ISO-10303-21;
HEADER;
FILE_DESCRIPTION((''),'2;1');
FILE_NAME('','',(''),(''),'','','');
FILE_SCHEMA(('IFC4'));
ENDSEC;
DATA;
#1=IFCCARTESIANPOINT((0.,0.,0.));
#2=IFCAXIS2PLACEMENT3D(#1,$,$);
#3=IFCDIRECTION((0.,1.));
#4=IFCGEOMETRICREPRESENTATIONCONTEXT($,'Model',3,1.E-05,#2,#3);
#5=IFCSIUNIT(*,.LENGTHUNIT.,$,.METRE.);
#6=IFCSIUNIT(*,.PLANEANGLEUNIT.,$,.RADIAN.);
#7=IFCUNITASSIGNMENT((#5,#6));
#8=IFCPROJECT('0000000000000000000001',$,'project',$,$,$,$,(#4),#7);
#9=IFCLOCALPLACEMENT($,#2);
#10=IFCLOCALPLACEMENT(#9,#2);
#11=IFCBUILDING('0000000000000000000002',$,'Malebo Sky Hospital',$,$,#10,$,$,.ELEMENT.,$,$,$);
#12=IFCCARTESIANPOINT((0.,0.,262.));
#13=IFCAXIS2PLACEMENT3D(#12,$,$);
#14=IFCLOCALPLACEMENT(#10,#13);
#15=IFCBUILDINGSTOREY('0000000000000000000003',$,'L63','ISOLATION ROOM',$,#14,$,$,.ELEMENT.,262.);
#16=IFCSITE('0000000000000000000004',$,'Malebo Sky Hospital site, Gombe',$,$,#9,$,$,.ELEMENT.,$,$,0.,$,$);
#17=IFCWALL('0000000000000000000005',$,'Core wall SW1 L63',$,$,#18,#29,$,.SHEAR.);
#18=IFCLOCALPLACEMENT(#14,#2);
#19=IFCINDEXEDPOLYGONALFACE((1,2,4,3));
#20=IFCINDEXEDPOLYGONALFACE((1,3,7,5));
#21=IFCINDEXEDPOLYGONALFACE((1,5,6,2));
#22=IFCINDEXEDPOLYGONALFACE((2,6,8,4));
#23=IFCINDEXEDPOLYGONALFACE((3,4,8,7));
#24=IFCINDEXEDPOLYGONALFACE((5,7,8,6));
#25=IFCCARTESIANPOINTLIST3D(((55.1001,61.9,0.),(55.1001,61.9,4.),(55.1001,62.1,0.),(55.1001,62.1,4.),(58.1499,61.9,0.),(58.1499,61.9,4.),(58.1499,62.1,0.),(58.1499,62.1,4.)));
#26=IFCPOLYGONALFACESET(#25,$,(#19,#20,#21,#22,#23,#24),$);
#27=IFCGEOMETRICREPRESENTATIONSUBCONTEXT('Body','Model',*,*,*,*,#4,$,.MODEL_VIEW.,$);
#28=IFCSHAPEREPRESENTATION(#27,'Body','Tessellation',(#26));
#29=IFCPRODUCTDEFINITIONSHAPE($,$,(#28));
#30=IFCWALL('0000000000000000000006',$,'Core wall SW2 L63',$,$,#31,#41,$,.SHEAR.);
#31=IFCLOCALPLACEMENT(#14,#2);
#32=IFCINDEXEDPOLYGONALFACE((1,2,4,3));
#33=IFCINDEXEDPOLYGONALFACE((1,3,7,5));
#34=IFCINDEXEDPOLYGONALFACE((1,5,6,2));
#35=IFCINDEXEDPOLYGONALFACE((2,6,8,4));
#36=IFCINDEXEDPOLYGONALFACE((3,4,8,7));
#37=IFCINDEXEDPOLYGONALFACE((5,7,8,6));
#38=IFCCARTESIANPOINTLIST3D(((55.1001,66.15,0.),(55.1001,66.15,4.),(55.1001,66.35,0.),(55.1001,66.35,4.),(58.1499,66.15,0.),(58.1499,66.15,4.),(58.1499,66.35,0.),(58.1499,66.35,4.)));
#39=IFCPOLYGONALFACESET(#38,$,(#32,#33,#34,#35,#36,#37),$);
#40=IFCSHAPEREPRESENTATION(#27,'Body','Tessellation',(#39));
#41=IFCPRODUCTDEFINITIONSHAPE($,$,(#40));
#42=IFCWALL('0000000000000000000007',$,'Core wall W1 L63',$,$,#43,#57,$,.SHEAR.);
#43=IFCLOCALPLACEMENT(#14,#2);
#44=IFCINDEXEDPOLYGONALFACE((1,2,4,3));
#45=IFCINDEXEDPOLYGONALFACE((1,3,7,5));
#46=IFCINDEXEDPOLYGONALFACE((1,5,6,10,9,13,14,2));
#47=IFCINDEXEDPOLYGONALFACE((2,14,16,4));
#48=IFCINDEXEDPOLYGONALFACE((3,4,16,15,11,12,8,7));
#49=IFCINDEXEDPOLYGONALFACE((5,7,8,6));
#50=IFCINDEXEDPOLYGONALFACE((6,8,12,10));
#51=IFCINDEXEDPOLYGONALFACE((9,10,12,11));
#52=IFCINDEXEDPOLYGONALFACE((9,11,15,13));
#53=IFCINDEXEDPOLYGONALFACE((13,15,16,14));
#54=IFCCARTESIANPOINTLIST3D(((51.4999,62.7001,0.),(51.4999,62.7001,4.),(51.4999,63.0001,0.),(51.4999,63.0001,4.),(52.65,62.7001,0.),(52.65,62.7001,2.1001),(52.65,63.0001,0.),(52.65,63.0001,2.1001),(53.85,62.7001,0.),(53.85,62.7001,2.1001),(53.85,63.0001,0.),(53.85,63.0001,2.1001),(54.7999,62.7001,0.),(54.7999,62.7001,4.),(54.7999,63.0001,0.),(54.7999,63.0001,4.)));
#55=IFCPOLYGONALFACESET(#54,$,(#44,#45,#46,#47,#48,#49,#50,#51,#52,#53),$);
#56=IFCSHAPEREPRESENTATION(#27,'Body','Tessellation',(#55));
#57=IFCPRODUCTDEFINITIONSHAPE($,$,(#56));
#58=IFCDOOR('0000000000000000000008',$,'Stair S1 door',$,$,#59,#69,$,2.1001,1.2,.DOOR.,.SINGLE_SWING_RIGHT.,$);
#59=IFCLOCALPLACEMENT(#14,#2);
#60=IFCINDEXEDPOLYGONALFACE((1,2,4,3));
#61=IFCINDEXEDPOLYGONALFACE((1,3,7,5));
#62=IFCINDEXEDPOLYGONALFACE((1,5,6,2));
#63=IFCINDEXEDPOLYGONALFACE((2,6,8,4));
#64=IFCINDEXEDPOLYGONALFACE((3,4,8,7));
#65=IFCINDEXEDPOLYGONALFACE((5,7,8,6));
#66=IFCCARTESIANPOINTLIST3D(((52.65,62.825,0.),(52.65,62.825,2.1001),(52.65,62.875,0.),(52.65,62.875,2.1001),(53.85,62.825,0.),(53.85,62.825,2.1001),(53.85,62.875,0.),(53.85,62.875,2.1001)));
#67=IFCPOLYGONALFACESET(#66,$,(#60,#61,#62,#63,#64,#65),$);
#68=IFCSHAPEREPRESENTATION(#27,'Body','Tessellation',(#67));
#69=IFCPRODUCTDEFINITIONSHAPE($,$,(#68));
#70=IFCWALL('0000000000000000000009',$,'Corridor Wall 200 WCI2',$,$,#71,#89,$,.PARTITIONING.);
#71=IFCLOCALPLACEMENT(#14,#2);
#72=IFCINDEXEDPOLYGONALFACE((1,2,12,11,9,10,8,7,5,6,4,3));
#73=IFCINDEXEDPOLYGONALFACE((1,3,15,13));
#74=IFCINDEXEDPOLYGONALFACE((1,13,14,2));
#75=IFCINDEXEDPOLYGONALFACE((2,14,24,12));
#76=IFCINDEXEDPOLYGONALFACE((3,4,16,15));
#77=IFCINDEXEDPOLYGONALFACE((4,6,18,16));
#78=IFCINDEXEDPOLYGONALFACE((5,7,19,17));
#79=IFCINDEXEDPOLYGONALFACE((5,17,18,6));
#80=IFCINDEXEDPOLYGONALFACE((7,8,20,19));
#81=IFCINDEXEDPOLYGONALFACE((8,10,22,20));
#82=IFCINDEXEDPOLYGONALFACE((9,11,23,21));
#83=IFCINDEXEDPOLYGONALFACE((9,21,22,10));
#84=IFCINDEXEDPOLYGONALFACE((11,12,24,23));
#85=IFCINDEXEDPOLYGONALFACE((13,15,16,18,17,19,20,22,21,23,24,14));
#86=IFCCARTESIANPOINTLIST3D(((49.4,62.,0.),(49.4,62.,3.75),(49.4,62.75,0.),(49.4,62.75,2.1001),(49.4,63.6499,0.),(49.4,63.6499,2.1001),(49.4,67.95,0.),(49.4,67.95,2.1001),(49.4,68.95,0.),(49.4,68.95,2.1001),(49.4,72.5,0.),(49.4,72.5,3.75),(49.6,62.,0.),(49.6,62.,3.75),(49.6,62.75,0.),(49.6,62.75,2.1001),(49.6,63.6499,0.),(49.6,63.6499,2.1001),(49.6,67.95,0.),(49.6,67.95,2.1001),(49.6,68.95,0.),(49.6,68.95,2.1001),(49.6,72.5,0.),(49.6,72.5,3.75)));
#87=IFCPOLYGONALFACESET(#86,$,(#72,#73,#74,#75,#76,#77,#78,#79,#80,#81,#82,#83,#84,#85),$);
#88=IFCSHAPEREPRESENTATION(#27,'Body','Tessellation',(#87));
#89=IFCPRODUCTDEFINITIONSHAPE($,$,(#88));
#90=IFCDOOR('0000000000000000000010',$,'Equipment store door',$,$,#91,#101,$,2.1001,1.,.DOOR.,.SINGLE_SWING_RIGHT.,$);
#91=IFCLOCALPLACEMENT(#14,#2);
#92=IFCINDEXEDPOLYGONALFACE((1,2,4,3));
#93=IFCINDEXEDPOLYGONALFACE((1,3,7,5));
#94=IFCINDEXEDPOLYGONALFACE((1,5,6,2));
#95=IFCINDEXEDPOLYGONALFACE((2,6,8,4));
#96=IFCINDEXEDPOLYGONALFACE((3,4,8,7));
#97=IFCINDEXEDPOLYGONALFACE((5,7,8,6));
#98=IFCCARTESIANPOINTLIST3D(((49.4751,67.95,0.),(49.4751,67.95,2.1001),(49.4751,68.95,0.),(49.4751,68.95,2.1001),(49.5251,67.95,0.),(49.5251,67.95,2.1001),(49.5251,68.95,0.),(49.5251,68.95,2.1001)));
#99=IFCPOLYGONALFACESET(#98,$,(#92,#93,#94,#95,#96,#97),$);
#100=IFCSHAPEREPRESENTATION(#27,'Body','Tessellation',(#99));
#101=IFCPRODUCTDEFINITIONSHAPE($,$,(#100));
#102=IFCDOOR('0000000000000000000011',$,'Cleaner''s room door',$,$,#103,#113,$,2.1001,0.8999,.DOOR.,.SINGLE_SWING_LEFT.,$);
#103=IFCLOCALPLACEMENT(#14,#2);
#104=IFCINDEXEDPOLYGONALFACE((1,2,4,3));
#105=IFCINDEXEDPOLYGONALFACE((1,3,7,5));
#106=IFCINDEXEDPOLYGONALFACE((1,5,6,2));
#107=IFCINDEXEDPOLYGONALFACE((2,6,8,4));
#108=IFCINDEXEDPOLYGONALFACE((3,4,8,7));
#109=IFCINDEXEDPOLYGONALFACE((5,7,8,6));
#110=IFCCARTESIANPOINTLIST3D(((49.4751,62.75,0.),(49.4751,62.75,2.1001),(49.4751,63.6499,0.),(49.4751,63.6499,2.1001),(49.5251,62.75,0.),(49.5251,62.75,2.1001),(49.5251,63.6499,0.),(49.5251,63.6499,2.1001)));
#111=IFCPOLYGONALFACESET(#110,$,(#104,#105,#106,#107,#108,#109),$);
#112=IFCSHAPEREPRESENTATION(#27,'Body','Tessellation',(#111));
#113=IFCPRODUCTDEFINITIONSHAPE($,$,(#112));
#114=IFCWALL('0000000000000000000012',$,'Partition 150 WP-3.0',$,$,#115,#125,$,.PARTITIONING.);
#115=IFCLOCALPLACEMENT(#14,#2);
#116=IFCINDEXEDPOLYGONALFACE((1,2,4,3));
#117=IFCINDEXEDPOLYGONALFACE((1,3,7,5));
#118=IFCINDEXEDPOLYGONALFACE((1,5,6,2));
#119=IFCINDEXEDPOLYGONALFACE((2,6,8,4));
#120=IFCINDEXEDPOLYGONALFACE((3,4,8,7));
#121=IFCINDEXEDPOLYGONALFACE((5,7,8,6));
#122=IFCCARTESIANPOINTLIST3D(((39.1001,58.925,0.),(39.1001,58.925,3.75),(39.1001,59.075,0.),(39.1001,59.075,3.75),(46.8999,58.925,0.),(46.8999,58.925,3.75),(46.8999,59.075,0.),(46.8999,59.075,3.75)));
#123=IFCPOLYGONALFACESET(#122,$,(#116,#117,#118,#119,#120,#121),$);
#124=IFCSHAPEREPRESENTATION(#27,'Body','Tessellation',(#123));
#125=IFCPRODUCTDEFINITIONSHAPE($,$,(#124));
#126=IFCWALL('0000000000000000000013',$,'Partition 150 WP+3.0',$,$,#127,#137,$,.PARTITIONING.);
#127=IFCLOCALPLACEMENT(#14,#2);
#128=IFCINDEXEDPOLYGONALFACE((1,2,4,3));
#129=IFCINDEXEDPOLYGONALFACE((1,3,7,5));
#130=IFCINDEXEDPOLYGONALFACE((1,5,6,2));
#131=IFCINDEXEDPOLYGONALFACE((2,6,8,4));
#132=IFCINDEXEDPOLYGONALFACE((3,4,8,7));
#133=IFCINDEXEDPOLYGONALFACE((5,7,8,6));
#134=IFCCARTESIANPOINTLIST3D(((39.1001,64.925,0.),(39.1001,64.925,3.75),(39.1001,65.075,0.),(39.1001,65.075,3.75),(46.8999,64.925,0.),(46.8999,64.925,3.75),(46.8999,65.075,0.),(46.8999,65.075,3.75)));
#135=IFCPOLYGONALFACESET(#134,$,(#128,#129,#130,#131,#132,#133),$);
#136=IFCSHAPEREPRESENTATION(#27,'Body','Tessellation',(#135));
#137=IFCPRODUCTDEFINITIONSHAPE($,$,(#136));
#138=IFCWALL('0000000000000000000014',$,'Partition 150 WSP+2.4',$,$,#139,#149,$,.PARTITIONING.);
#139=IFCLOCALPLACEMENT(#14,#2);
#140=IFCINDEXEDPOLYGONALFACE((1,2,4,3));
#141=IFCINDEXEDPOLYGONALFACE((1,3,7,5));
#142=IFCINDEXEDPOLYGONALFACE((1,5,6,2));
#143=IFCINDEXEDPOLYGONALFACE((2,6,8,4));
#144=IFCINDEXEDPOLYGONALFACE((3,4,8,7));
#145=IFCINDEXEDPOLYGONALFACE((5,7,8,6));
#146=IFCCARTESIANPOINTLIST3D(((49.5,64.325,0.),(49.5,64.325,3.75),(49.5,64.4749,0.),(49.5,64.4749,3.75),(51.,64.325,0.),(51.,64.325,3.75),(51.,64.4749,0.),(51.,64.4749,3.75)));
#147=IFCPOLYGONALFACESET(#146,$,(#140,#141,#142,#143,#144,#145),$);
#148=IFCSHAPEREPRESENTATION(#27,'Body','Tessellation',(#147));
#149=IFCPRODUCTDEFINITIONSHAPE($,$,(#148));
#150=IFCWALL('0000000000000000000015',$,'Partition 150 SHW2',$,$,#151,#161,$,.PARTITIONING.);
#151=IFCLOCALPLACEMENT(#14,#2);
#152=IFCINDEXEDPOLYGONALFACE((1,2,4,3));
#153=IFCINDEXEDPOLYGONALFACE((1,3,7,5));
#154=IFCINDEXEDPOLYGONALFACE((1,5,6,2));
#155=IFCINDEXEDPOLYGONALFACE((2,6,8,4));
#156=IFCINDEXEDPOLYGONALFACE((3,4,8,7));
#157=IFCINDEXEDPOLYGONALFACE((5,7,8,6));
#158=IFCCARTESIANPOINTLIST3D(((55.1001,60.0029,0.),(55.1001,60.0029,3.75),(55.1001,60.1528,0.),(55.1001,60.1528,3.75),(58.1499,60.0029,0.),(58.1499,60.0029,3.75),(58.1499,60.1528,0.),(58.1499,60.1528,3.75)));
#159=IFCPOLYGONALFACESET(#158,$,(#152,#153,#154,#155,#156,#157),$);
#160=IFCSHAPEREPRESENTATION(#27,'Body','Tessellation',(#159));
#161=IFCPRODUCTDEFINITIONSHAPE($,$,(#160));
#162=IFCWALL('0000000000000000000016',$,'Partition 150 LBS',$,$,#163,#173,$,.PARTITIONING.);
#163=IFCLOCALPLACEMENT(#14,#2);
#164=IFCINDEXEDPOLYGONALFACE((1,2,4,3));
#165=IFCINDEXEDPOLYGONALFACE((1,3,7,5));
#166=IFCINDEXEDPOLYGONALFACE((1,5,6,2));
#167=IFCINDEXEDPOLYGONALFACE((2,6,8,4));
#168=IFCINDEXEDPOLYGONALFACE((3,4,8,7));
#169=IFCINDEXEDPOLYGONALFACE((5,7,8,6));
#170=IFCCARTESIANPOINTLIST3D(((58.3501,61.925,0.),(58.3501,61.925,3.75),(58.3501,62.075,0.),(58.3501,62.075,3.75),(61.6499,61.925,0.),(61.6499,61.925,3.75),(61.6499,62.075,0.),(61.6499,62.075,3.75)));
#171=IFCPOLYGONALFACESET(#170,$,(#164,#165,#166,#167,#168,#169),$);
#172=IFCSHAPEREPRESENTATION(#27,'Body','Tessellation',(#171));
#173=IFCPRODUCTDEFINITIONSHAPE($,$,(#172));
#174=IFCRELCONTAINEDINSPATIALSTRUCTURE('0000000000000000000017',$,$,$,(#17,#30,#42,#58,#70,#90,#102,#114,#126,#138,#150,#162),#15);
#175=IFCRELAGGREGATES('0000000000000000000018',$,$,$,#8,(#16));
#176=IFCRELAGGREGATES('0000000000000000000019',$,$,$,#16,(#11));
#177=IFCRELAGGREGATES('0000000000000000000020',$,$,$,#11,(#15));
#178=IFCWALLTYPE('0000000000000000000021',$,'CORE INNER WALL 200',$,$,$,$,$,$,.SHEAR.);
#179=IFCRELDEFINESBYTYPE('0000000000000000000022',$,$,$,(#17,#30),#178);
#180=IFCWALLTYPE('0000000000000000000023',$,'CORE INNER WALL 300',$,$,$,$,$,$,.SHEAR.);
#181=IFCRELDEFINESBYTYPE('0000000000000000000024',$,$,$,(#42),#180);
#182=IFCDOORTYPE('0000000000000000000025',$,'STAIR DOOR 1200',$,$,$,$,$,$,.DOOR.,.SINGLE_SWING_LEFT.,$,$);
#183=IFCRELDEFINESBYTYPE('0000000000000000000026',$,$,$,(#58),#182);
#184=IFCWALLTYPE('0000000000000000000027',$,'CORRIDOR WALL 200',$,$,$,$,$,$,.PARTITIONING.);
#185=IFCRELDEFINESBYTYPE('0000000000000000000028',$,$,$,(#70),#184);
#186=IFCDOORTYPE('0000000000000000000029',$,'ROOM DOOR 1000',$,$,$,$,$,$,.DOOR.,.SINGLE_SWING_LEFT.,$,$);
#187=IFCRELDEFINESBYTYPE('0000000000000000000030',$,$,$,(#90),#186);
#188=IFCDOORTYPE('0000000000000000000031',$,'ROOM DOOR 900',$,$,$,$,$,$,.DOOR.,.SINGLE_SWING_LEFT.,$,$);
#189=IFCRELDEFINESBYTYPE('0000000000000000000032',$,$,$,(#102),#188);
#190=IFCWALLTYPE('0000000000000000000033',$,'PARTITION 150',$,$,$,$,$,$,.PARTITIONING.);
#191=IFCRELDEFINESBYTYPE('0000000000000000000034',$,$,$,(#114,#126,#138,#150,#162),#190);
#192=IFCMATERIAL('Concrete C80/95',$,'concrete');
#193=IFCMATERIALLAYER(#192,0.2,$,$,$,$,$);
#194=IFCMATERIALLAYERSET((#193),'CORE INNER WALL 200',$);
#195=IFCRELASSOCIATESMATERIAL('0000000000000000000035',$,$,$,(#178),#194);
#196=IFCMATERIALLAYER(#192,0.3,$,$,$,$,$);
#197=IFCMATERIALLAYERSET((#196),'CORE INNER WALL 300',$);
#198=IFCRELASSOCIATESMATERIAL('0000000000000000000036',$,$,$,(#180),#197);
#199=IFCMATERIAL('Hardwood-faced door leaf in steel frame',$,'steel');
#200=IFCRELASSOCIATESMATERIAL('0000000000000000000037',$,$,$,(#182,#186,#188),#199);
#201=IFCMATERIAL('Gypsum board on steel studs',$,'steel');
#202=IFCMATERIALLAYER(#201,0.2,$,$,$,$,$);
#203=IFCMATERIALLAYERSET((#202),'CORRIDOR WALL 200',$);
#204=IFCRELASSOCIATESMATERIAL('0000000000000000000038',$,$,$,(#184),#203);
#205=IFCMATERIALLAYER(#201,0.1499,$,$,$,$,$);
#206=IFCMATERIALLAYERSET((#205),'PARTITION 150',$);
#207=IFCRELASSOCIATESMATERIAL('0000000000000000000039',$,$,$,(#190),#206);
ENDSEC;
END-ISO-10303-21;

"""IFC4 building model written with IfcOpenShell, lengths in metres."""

from ifc_helpers import new_model, si_unit, direction, frame, frame_2d, origin, place, context, subcontext, project, spatial, rectangle, extrude, material, layer, layer_set, type_object, element, fill, save


model = new_model("IFC4")

# Units and contexts
model_context = context("Model", 3, precision=1e-05, world=origin(), true_north=direction((0.0, 1.0)))
body_context = subcontext(model_context, "Body", "Model", "MODEL_VIEW")
ifc_project = project(units=[si_unit("LENGTHUNIT", "METRE"), si_unit("PLANEANGLEUNIT", "RADIAN")], contexts=[model_context])

# Site, building, storey
site_placement = place(None, origin())
site = spatial("IfcSite", under=ifc_project, at=site_placement, Name="Malebo Sky Hospital site, Gombe", CompositionType="ELEMENT", RefElevation=0.0)
building_placement = place(site_placement, origin())
building = spatial("IfcBuilding", under=site, at=building_placement, Name="Malebo Sky Hospital", CompositionType="ELEMENT")
storey_placement = place(building_placement, frame((0.0, 0.0, 262.0)))
storey = spatial("IfcBuildingStorey", under=building, at=storey_placement, Name="L63", Description="ISOLATION ROOM", CompositionType="ELEMENT", Elevation=262.0)

# Walls
ifc_material_1 = material(Name="Concrete C80/95", Category="concrete")
ifc_layer_1 = layer(ifc_material_1, 0.2)
ifc_layer_set_1 = layer_set([ifc_layer_1], Name="CORE INNER WALL 200")
wall_type_1 = type_object("IfcWallType", Name="CORE INNER WALL 200", PredefinedType="SHEAR", material=ifc_layer_set_1)
for number, where, z_axis, x_axis, name in (
    (1, (55.1001, 62.0, 0.0), (0.0, 0.0, 1.0), (1.0, 0.0, 0.0), "Core wall SW1 L63"),
    (2, (55.1001, 66.25, 0.0), (0.0, 0.0, 1.0), (1.0, 0.0, 0.0), "Core wall SW2 L63"),
):
    element("IfcWall", number, at=place(storey_placement, frame(where, z_axis=z_axis, x_axis=x_axis)), inside=storey, type_object=wall_type_1, Name=name, PredefinedType="SHEAR", context=body_context, shape_type="SweptSolid", body=[
        extrude(rectangle(XDim=3.0498, YDim=0.2, at=frame_2d((1.5249, 0.0))), origin(), (0.0, 0.0, 1.0), 4.0),
    ])

# Wall, opening, door
ifc_layer_2 = layer(ifc_material_1, 0.3)
ifc_layer_set_2 = layer_set([ifc_layer_2], Name="CORE INNER WALL 300")
wall_type_2 = type_object("IfcWallType", Name="CORE INNER WALL 300", PredefinedType="SHEAR", material=ifc_layer_set_2)
wall_1_placement = place(storey_placement, frame((51.5, 62.8501, 0.0), z_axis=(0.0, 0.0, 1.0), x_axis=(1.0, 0.0, 0.0)))
wall_1 = element("IfcWall", 3, at=wall_1_placement, inside=storey, type_object=wall_type_2, Name="Core wall W1 L63", PredefinedType="SHEAR", context=body_context, shape_type="SweptSolid", body=[
    extrude(rectangle(XDim=3.3, YDim=0.3, at=frame_2d((1.6499, 0.0))), origin(), (0.0, 0.0, 1.0), 4.0),
])
opening_1_placement = place(wall_1_placement, frame((1.1499, 0.0, 0.0)))
opening_1 = element("IfcOpeningElement", 4, at=opening_1_placement, cuts=wall_1, PredefinedType="OPENING", context=body_context, shape_type="SweptSolid", body=[
    extrude(rectangle(XDim=1.2, YDim=2.1001, at=frame_2d((0.6001, 1.05))), frame((0.0, 0.1599, 0.0), z_axis=(0.0, -1.0, 0.0), x_axis=(1.0, 0.0, 0.0)), (0.0, 0.0, 1.0), 0.3201),
])
ifc_material_2 = material(Name="Hardwood-faced door leaf in steel frame", Category="steel")
door_type_1 = type_object("IfcDoorType", Name="STAIR DOOR 1200", OperationType="SINGLE_SWING_LEFT", PredefinedType="DOOR", material=ifc_material_2)
door_1_placement = place(opening_1_placement, origin())
door_1 = element("IfcDoor", 5, at=door_1_placement, inside=storey, type_object=door_type_1, Name="Stair S1 door", OperationType="SINGLE_SWING_RIGHT", OverallHeight=2.1001, OverallWidth=1.2, PredefinedType="DOOR", context=body_context, shape_type="SweptSolid", body=[
    extrude(rectangle(XDim=1.2, YDim=2.1001, at=frame_2d((0.6001, 1.05))), frame((0.0, 0.0249, 0.0), z_axis=(0.0, -1.0, 0.0), x_axis=(1.0, 0.0, 0.0)), (0.0, 0.0, 1.0), 0.05),
])
fill(opening_1, door_1)

# Wall, openings, doors
ifc_material_3 = material(Name="Gypsum board on steel studs", Category="steel")
ifc_layer_3 = layer(ifc_material_3, 0.2)
ifc_layer_set_3 = layer_set([ifc_layer_3], Name="CORRIDOR WALL 200")
wall_type_3 = type_object("IfcWallType", Name="CORRIDOR WALL 200", PredefinedType="PARTITIONING", material=ifc_layer_set_3)
wall_2_placement = place(storey_placement, frame((49.5, 62.0, 0.0), z_axis=(0.0, 0.0, 1.0), x_axis=(0.0, 1.0, 0.0)))
wall_2 = element("IfcWall", 6, at=wall_2_placement, inside=storey, type_object=wall_type_3, Name="Corridor Wall 200 WCI2", PredefinedType="PARTITIONING", context=body_context, shape_type="SweptSolid", body=[
    extrude(rectangle(XDim=10.5, YDim=0.2, at=frame_2d((5.25, 0.0))), origin(), (0.0, 0.0, 1.0), 3.75),
])
opening_2_placement = place(wall_2_placement, frame((0.75, 0.0, 0.0)))
opening_2 = element("IfcOpeningElement", 7, at=opening_2_placement, cuts=wall_2, PredefinedType="OPENING", context=body_context, shape_type="SweptSolid", body=[
    extrude(rectangle(XDim=0.8999, YDim=2.1001, at=frame_2d((0.45, 1.05))), frame((0.0, 0.1099, 0.0), z_axis=(0.0, -1.0, 0.0), x_axis=(1.0, 0.0, 0.0)), (0.0, 0.0, 1.0), 0.22),
])
opening_3_placement = place(wall_2_placement, frame((5.95, 0.0, 0.0)))
opening_3 = element("IfcOpeningElement", 8, at=opening_3_placement, cuts=wall_2, PredefinedType="OPENING", context=body_context, shape_type="SweptSolid", body=[
    extrude(rectangle(XDim=1.0, YDim=2.1001, at=frame_2d((0.5, 1.05))), frame((0.0, 0.1099, 0.0), z_axis=(0.0, -1.0, 0.0), x_axis=(1.0, 0.0, 0.0)), (0.0, 0.0, 1.0), 0.22),
])
door_type_2 = type_object("IfcDoorType", Name="ROOM DOOR 1000", OperationType="SINGLE_SWING_LEFT", PredefinedType="DOOR", material=ifc_material_2)
door_2_placement = place(opening_3_placement, origin())
door_2 = element("IfcDoor", 9, at=door_2_placement, inside=storey, type_object=door_type_2, Name="Equipment store door", OperationType="SINGLE_SWING_RIGHT", OverallHeight=2.1001, OverallWidth=1.0, PredefinedType="DOOR", context=body_context, shape_type="SweptSolid", body=[
    extrude(rectangle(XDim=1.0, YDim=2.1001, at=frame_2d((0.5, 1.05))), frame((0.0, 0.0249, 0.0), z_axis=(0.0, -1.0, 0.0), x_axis=(1.0, 0.0, 0.0)), (0.0, 0.0, 1.0), 0.05),
])
fill(opening_3, door_2)
door_type_3 = type_object("IfcDoorType", Name="ROOM DOOR 900", OperationType="SINGLE_SWING_LEFT", PredefinedType="DOOR", material=ifc_material_2)
door_3_placement = place(opening_2_placement, origin())
door_3 = element("IfcDoor", 10, at=door_3_placement, inside=storey, type_object=door_type_3, Name="Cleaner's room door", OperationType="SINGLE_SWING_LEFT", OverallHeight=2.1001, OverallWidth=0.8999, PredefinedType="DOOR", context=body_context, shape_type="SweptSolid", body=[
    extrude(rectangle(XDim=0.8999, YDim=2.1001, at=frame_2d((0.45, 1.05))), frame((0.0, 0.0249, 0.0), z_axis=(0.0, -1.0, 0.0), x_axis=(1.0, 0.0, 0.0)), (0.0, 0.0, 1.0), 0.05),
])
fill(opening_2, door_3)

# Walls
ifc_layer_4 = layer(ifc_material_3, 0.1499)
ifc_layer_set_4 = layer_set([ifc_layer_4], Name="PARTITION 150")
wall_type_4 = type_object("IfcWallType", Name="PARTITION 150", PredefinedType="PARTITIONING", material=ifc_layer_set_4)
for number, where, z_axis, x_axis, name in (
    (11, (46.8999, 59.0, 0.0), (0.0, 0.0, 1.0), (-1.0, 0.0, 0.0), "Partition 150 WP-3.0"),
    (12, (46.8999, 65.0, 0.0), (0.0, 0.0, 1.0), (-1.0, 0.0, 0.0), "Partition 150 WP+3.0"),
):
    element("IfcWall", number, at=place(storey_placement, frame(where, z_axis=z_axis, x_axis=x_axis)), inside=storey, type_object=wall_type_4, Name=name, PredefinedType="PARTITIONING", context=body_context, shape_type="SweptSolid", body=[
        extrude(rectangle(XDim=7.7998, YDim=0.1499, at=frame_2d((3.8999, 0.0))), origin(), (0.0, 0.0, 1.0), 3.75),
    ])
wall_3_placement = place(storey_placement, frame((51.0, 64.3999, 0.0), z_axis=(0.0, 0.0, 1.0), x_axis=(-1.0, 0.0, 0.0)))
element("IfcWall", 13, at=wall_3_placement, inside=storey, type_object=wall_type_4, Name="Partition 150 WSP+2.4", PredefinedType="PARTITIONING", context=body_context, shape_type="SweptSolid", body=[
    extrude(rectangle(XDim=1.5, YDim=0.1499, at=frame_2d((0.75, 0.0))), origin(), (0.0, 0.0, 1.0), 3.75),
])
wall_4_placement = place(storey_placement, frame((55.1001, 60.0779, 0.0), z_axis=(0.0, 0.0, 1.0), x_axis=(1.0, 0.0, 0.0)))
element("IfcWall", 14, at=wall_4_placement, inside=storey, type_object=wall_type_4, Name="Partition 150 SHW2", PredefinedType="PARTITIONING", context=body_context, shape_type="SweptSolid", body=[
    extrude(rectangle(XDim=3.0498, YDim=0.1499, at=frame_2d((1.5249, 0.0))), origin(), (0.0, 0.0, 1.0), 3.75),
])
wall_5_placement = place(storey_placement, frame((58.3501, 62.0, 0.0), z_axis=(0.0, 0.0, 1.0), x_axis=(1.0, 0.0, 0.0)))
element("IfcWall", 15, at=wall_5_placement, inside=storey, type_object=wall_type_4, Name="Partition 150 LBS", PredefinedType="PARTITIONING", context=body_context, shape_type="SweptSolid", body=[
    extrude(rectangle(XDim=3.2998, YDim=0.1499, at=frame_2d((1.6499, 0.0))), origin(), (0.0, 0.0, 1.0), 3.75),
])

save(model, "model.ifc")
